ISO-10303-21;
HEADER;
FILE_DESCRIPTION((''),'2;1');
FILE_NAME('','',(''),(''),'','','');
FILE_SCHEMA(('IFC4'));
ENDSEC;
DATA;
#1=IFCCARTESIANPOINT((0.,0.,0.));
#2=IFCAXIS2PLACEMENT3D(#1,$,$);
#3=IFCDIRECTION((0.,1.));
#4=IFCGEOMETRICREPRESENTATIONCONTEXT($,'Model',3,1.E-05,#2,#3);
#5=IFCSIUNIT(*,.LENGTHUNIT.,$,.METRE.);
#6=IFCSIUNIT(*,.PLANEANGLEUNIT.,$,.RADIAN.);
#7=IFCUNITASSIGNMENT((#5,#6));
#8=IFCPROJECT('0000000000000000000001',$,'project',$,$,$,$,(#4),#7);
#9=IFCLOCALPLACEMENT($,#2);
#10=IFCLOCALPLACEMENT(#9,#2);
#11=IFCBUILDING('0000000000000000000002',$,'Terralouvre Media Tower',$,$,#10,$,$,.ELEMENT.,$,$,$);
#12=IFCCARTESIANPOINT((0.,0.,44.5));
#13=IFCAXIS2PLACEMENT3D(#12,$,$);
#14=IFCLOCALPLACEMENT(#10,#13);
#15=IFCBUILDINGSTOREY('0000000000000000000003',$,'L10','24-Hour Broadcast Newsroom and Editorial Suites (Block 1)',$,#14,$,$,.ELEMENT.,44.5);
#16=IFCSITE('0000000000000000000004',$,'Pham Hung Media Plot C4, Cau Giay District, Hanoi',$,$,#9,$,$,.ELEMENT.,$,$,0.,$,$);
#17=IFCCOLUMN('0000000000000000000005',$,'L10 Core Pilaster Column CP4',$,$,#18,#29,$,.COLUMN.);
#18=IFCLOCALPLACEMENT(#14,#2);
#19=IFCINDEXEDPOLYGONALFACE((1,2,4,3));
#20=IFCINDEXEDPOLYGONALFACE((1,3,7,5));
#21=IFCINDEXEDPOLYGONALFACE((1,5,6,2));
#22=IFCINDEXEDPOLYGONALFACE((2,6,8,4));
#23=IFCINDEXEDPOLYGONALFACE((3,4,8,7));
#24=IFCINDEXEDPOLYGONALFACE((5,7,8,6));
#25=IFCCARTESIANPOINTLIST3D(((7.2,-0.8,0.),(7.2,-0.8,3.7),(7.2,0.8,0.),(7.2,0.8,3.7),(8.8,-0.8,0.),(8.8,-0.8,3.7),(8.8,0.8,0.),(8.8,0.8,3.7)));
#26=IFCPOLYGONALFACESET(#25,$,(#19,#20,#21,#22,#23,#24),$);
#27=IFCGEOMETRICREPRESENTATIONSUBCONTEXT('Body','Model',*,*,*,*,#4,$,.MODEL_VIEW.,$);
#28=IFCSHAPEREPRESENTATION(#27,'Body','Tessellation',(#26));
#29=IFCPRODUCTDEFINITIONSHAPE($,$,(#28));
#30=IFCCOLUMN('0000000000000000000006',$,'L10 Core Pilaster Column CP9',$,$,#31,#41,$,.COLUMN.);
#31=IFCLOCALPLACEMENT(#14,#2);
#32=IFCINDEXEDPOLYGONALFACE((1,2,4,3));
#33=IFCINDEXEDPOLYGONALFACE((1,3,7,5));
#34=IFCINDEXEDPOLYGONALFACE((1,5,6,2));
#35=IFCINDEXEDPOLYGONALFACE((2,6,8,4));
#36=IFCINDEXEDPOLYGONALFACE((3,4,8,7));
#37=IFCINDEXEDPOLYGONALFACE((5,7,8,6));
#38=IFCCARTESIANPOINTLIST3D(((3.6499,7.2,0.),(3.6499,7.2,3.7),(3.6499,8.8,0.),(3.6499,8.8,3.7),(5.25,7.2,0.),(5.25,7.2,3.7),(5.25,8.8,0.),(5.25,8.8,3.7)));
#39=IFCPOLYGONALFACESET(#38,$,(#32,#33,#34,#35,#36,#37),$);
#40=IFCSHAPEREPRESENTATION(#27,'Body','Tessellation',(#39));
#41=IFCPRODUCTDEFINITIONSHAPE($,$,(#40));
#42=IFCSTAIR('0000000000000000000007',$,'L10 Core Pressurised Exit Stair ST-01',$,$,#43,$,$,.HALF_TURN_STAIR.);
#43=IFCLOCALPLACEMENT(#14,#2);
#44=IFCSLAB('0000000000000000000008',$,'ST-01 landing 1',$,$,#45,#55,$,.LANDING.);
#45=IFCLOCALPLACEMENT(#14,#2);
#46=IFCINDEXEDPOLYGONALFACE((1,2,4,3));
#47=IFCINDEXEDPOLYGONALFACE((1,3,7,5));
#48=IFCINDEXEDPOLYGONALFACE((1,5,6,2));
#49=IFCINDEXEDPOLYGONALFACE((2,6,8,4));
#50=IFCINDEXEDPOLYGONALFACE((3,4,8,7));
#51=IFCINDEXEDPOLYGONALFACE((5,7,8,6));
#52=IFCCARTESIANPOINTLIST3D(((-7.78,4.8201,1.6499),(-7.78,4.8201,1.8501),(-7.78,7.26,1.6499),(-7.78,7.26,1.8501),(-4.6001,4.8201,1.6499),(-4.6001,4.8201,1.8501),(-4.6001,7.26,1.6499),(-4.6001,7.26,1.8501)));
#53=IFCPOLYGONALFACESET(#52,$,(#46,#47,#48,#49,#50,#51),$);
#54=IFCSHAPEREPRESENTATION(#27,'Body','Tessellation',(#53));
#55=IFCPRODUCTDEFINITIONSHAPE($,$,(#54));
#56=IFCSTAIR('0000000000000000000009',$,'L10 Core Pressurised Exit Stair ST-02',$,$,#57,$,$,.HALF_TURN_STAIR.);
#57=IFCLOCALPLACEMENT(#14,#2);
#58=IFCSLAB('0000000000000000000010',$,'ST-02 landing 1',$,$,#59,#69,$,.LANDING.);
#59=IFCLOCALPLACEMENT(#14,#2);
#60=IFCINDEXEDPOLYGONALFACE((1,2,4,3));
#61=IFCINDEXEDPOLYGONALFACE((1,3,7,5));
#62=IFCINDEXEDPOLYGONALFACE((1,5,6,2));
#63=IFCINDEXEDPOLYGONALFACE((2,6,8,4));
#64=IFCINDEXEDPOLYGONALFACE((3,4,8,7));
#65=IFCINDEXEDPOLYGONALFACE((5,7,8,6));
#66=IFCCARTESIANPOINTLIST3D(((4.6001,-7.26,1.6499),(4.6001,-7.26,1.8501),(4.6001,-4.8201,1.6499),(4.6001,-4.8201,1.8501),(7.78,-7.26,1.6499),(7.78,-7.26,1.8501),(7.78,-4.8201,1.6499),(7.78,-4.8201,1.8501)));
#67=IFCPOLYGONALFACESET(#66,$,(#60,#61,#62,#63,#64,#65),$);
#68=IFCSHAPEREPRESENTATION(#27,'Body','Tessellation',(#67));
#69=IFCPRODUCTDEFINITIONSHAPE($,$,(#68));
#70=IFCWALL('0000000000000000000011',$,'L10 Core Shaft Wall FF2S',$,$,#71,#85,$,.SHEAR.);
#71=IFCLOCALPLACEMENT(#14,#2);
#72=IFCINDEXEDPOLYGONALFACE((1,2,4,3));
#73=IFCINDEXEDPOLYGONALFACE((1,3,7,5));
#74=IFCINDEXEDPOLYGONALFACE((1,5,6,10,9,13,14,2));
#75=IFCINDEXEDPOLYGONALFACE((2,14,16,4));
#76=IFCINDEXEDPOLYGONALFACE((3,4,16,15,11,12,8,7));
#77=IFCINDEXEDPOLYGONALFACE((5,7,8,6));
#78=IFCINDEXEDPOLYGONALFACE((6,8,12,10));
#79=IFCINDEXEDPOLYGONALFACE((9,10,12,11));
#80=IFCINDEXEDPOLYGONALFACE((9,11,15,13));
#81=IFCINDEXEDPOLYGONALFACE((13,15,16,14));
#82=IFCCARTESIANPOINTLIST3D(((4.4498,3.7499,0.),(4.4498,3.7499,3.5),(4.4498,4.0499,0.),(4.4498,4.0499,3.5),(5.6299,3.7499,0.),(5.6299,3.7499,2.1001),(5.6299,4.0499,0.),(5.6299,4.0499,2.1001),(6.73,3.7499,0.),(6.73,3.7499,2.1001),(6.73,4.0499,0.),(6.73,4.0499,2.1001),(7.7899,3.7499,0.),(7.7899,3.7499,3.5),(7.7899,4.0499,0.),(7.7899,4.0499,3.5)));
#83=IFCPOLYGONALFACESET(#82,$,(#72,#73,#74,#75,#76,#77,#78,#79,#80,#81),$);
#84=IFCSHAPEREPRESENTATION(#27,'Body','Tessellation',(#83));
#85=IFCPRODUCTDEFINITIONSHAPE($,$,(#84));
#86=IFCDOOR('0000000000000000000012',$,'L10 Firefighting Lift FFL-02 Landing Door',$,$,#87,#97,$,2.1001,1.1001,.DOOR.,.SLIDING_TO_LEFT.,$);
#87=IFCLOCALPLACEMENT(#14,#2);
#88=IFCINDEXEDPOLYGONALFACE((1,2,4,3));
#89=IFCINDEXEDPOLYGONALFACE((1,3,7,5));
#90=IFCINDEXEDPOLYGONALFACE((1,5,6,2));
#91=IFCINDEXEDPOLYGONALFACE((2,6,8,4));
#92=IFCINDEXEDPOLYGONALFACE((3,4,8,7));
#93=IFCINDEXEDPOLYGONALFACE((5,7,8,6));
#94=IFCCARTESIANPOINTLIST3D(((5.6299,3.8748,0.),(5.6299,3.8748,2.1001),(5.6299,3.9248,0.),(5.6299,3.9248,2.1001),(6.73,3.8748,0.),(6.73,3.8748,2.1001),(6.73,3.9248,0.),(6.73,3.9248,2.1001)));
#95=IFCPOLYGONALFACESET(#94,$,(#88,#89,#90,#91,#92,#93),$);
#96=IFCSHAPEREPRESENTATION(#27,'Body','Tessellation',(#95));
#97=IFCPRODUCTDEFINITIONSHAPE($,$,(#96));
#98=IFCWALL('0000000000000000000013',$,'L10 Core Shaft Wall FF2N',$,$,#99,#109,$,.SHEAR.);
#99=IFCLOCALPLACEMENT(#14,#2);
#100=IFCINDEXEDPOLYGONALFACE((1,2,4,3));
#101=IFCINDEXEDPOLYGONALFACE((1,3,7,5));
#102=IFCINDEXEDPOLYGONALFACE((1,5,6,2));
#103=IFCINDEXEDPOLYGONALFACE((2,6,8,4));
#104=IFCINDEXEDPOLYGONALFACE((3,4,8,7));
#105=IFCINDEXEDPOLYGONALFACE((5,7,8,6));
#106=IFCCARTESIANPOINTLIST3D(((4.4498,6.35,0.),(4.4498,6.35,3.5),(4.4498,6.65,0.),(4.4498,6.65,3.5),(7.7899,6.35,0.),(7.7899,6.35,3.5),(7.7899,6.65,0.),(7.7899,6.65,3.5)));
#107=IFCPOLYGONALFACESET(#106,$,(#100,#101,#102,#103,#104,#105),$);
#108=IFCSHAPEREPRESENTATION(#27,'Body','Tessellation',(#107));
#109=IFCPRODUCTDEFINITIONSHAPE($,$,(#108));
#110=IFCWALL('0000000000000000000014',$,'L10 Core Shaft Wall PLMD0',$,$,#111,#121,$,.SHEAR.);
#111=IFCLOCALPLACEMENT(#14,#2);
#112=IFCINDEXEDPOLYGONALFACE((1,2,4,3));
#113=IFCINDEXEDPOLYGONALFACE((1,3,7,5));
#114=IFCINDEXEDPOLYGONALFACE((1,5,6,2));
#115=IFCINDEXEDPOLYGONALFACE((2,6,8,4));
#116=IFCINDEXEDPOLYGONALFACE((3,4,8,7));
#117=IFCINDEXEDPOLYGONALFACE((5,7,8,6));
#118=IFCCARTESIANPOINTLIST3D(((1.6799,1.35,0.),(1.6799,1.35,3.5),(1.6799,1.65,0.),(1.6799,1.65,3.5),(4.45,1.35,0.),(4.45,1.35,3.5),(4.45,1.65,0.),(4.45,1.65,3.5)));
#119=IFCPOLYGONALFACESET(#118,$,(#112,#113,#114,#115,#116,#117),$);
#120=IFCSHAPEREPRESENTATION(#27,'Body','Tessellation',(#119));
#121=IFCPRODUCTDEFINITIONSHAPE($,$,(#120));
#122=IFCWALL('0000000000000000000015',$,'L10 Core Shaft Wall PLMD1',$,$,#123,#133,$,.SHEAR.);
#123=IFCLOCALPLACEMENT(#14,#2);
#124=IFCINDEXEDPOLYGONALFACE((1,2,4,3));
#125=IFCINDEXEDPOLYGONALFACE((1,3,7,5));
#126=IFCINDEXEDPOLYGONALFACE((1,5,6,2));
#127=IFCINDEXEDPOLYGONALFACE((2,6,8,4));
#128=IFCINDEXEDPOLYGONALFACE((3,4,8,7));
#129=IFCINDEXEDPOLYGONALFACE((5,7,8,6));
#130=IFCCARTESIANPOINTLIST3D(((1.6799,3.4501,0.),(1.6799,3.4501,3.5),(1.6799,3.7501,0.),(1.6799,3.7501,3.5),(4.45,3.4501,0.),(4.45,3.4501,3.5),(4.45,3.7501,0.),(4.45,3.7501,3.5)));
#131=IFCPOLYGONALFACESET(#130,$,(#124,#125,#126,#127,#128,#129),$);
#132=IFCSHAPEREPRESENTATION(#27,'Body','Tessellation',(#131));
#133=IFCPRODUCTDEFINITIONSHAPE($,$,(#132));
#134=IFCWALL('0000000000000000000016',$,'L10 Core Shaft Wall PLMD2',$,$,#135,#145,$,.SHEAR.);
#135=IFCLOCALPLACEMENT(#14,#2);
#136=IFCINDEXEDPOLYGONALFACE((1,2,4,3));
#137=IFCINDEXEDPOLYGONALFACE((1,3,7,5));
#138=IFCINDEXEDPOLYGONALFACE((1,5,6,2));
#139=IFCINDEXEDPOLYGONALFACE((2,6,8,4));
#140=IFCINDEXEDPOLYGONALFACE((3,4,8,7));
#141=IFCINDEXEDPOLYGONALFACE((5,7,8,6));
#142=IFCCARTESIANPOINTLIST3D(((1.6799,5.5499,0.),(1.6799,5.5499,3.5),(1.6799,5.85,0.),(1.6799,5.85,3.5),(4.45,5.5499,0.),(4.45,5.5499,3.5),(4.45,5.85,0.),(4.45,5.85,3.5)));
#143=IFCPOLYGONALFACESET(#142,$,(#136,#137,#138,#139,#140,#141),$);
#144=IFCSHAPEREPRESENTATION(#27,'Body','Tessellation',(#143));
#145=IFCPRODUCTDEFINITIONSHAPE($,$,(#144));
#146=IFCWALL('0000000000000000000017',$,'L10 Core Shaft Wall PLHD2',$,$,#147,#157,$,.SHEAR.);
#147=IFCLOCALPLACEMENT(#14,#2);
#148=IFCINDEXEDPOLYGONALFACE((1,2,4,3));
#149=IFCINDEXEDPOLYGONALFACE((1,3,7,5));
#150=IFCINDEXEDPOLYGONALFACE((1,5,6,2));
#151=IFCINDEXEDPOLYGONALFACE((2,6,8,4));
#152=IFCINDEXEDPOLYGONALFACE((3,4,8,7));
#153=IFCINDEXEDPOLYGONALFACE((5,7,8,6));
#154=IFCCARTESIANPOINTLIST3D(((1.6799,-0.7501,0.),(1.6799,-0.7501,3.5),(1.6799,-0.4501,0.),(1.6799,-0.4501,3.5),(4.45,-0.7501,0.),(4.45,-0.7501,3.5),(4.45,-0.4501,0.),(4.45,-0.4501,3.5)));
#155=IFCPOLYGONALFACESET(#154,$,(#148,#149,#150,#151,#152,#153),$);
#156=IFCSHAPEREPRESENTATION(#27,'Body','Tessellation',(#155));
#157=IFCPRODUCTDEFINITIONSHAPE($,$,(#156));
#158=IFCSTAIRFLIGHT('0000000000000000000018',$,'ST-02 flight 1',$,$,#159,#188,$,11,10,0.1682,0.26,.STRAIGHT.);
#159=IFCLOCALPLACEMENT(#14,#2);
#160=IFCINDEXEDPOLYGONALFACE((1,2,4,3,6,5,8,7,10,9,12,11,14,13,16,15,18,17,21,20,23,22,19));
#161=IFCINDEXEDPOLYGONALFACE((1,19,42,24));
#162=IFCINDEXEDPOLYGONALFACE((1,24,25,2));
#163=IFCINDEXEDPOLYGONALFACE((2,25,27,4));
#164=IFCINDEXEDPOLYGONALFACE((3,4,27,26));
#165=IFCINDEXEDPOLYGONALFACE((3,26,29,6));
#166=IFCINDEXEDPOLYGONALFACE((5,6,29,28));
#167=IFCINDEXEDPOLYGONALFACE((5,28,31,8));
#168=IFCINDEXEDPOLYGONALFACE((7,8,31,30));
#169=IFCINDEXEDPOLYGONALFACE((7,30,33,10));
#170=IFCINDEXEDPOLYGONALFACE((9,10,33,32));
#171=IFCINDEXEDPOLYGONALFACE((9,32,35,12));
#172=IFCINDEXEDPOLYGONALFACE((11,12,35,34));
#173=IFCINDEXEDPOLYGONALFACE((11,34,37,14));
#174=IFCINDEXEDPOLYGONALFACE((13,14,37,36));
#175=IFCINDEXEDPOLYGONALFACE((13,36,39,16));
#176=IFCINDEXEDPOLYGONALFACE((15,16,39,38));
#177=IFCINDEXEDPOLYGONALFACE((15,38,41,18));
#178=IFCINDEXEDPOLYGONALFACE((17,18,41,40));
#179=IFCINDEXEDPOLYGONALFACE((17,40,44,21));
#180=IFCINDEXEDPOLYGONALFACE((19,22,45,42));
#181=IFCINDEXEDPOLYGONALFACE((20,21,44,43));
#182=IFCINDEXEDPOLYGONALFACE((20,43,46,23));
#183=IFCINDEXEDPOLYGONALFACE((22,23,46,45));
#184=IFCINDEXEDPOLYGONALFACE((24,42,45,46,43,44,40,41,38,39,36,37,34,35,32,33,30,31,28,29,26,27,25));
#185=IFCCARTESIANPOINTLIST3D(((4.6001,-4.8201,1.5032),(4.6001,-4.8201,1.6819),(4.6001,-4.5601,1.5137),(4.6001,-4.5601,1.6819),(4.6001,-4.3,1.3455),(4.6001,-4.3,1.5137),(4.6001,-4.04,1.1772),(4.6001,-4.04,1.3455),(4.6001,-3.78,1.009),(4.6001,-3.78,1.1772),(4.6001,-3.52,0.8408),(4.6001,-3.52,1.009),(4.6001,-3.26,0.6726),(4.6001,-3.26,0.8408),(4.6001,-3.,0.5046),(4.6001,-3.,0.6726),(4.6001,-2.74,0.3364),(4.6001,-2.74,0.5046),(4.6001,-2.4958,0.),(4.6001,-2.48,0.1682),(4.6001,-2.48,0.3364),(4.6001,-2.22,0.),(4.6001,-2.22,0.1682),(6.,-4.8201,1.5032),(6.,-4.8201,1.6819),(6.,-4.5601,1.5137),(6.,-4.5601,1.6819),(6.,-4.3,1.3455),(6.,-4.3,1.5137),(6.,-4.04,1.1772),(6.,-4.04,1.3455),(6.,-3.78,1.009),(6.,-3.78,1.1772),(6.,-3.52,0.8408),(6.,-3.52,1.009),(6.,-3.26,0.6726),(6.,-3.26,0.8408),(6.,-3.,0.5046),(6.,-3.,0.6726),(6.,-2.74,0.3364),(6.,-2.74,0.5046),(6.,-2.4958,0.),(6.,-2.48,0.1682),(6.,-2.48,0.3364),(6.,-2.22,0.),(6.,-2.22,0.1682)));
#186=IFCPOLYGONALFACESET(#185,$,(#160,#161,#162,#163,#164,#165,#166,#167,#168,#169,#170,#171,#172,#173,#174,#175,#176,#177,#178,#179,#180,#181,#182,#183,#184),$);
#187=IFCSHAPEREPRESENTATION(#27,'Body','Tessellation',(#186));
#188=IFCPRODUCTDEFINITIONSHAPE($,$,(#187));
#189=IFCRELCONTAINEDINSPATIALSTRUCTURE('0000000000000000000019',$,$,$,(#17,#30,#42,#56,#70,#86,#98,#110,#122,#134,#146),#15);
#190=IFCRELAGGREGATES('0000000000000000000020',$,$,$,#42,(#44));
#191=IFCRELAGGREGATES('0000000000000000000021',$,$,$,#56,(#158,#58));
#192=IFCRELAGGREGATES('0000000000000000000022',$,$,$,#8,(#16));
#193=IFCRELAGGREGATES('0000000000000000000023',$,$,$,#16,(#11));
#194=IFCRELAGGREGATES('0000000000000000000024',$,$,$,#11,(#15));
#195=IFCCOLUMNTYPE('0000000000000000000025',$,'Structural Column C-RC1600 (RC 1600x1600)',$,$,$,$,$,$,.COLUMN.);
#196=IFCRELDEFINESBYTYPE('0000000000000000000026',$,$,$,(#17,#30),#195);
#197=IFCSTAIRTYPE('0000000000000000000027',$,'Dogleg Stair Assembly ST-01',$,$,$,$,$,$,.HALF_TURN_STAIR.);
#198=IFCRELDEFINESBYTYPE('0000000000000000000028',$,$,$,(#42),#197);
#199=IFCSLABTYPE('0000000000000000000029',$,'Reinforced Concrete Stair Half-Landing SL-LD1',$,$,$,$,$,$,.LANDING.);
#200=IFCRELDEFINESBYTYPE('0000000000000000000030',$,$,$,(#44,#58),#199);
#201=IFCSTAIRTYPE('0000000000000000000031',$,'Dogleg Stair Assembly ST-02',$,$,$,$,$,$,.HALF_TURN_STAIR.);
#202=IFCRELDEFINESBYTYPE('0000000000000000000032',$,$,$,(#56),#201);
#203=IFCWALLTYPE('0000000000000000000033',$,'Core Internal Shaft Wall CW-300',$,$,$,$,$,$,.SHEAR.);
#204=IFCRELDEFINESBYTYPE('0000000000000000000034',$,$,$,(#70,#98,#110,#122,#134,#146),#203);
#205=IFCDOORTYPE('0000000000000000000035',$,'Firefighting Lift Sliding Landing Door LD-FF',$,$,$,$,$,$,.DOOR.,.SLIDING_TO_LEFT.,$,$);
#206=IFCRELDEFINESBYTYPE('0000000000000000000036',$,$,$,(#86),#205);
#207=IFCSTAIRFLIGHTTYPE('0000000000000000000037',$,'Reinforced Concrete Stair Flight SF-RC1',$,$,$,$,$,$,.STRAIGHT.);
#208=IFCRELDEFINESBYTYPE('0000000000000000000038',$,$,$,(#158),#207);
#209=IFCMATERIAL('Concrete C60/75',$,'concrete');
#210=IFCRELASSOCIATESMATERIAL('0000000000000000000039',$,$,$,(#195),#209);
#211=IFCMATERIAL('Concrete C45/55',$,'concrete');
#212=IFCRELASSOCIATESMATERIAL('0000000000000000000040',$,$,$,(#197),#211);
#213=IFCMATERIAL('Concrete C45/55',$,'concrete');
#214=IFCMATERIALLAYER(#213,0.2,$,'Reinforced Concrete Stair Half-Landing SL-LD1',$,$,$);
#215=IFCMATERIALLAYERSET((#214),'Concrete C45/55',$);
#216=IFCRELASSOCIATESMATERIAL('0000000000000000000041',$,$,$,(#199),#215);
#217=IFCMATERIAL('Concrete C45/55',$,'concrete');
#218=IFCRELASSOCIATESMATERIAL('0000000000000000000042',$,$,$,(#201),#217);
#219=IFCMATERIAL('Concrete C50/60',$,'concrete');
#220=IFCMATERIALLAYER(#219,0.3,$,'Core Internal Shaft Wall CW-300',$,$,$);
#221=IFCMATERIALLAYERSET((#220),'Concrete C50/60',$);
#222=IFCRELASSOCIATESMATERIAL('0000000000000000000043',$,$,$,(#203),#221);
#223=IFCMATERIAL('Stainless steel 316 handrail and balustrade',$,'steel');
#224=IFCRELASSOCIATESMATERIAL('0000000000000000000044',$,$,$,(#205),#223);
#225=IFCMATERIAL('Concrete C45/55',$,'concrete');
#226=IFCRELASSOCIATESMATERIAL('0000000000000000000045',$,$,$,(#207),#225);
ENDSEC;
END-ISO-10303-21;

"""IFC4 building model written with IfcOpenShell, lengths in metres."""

from ifc_helpers import new_model, si_unit, direction, frame, frame_2d, origin, origin_2d, place, context, subcontext, project, spatial, polyline, rectangle, outline, extrude, material, layer, layer_set, material_profile, profile_set, type_object, element, fill, aggregate, save


model = new_model("IFC4")

# Units and contexts
model_context = context("Model", 3, precision=1e-05, world=origin(), true_north=direction((0.0, 1.0)))
body_context = subcontext(model_context, "Body", "Model", "MODEL_VIEW")
ifc_project = project(units=[si_unit("LENGTHUNIT", "METRE"), si_unit("PLANEANGLEUNIT", "RADIAN")], contexts=[model_context])

# Site, building, storey
site_placement = place(None, origin())
site = spatial("IfcSite", under=ifc_project, at=site_placement, Name="Pham Hung Media Plot C4, Cau Giay District, Hanoi", CompositionType="ELEMENT", RefElevation=0.0)
building_placement = place(site_placement, origin())
building = spatial("IfcBuilding", under=site, at=building_placement, Name="Terralouvre Media Tower", CompositionType="ELEMENT")
storey_placement = place(building_placement, frame((0.0, 0.0, 44.5)))
storey = spatial("IfcBuildingStorey", under=building, at=storey_placement, Name="L10", Description="24-Hour Broadcast Newsroom and Editorial Suites (Block 1)", CompositionType="ELEMENT", Elevation=44.5)

# Columns
ifc_material_1 = material(Name="Concrete C60/75", Category="concrete")
ifc_material_profile = material_profile(ifc_material_1, rectangle(XDim=1.6001, YDim=1.6001, at=origin_2d()), Name="RC 1600x1600")
ifc_profile_set = profile_set([ifc_material_profile], Name="Concrete C60/75")
column_type = type_object("IfcColumnType", Name="Structural Column C-RC1600 (RC 1600x1600)", PredefinedType="COLUMN", material=ifc_profile_set)
for number, where, z_axis, x_axis, name in (
    (1, (8.0, 0.0, 0.0), (0.0, 0.0, 1.0), (1.0, 0.0, 0.0), "L10 Core Pilaster Column CP4"),
    (2, (4.45, 8.0, 0.0), (0.0, 0.0, 1.0), (1.0, 0.0, 0.0), "L10 Core Pilaster Column CP9"),
):
    element("IfcColumn", number, at=place(storey_placement, frame(where, z_axis=z_axis, x_axis=x_axis)), inside=storey, type_object=column_type, Name=name, PredefinedType="COLUMN", context=body_context, shape_type="SweptSolid", body=[
        extrude(rectangle(XDim=1.6001, YDim=1.6001, at=origin_2d()), origin(), (0.0, 0.0, 1.0), 3.7),
    ])

# Stairs, slabs
ifc_material_2 = material(Name="Concrete C45/55", Category="concrete")
stair_type_1 = type_object("IfcStairType", Name="Dogleg Stair Assembly ST-01", PredefinedType="HALF_TURN_STAIR", material=ifc_material_2)
stair_1_placement = place(storey_placement, origin())
stair_1 = element("IfcStair", 3, at=stair_1_placement, inside=storey, type_object=stair_type_1, Name="L10 Core Pressurised Exit Stair ST-01", PredefinedType="HALF_TURN_STAIR")
ifc_material_3 = material(Name="Concrete C45/55", Category="concrete")
ifc_layer_1 = layer(ifc_material_3, 0.2, Name="Reinforced Concrete Stair Half-Landing SL-LD1")
ifc_layer_set_1 = layer_set([ifc_layer_1], Name="Concrete C45/55")
slab_type = type_object("IfcSlabType", Name="Reinforced Concrete Stair Half-Landing SL-LD1", PredefinedType="LANDING", material=ifc_layer_set_1)
slab_1_placement = place(storey_placement, frame((0.0, 0.0, 1.6499)))
slab_1 = element("IfcSlab", 4, at=slab_1_placement, type_object=slab_type, Name="ST-01 landing 1", PredefinedType="LANDING", context=body_context, shape_type="SweptSolid", body=[
    extrude(outline(polyline([(-4.6001, 4.8201), (-4.6001, 7.26), (-7.78, 7.26), (-7.78, 4.8201), (-4.6001, 4.8201)])), origin(), (0.0, 0.0, 1.0), 0.2002),
])
aggregate(stair_1, [slab_1])
ifc_material_4 = material(Name="Concrete C45/55", Category="concrete")
stair_type_2 = type_object("IfcStairType", Name="Dogleg Stair Assembly ST-02", PredefinedType="HALF_TURN_STAIR", material=ifc_material_4)
stair_2_placement = place(storey_placement, origin())
stair_2 = element("IfcStair", 5, at=stair_2_placement, inside=storey, type_object=stair_type_2, Name="L10 Core Pressurised Exit Stair ST-02", PredefinedType="HALF_TURN_STAIR")
slab_2_placement = place(storey_placement, frame((0.0, 0.0, 1.6499)))
slab_2 = element("IfcSlab", 6, at=slab_2_placement, type_object=slab_type, Name="ST-02 landing 1", PredefinedType="LANDING", context=body_context, shape_type="SweptSolid", body=[
    extrude(outline(polyline([(4.6001, -4.8201), (4.6001, -7.26), (7.78, -7.26), (7.78, -4.8201), (4.6001, -4.8201)])), origin(), (0.0, 0.0, 1.0), 0.2002),
])

# Wall, opening, door
ifc_material_5 = material(Name="Concrete C50/60", Category="concrete")
ifc_layer_2 = layer(ifc_material_5, 0.3, Name="Core Internal Shaft Wall CW-300")
ifc_layer_set_2 = layer_set([ifc_layer_2], Name="Concrete C50/60")
wall_type = type_object("IfcWallType", Name="Core Internal Shaft Wall CW-300", PredefinedType="SHEAR", material=ifc_layer_set_2)
wall_1_placement = place(storey_placement, frame((4.45, 3.8999, 0.0), z_axis=(0.0, 0.0, 1.0), x_axis=(1.0, 0.0, 0.0)))
wall_1 = element("IfcWall", 7, at=wall_1_placement, inside=storey, type_object=wall_type, Name="L10 Core Shaft Wall FF2S", PredefinedType="SHEAR", context=body_context, shape_type="SweptSolid", body=[
    extrude(rectangle(XDim=3.3401, YDim=0.3, at=frame_2d((1.6699, 0.0))), origin(), (0.0, 0.0, 1.0), 3.5),
])
opening_1_placement = place(wall_1_placement, frame((1.1799, 0.0, 0.0)))
opening_1 = element("IfcOpeningElement", 8, at=opening_1_placement, cuts=wall_1, PredefinedType="OPENING", context=body_context, shape_type="SweptSolid", body=[
    extrude(rectangle(XDim=1.1001, YDim=2.1001, at=frame_2d((0.55, 1.05))), frame((0.0, 0.1599, 0.0), z_axis=(0.0, -1.0, 0.0), x_axis=(1.0, 0.0, 0.0)), (0.0, 0.0, 1.0), 0.3201),
])
ifc_material_6 = material(Name="Stainless steel 316 handrail and balustrade", Category="steel")
door_type_1 = type_object("IfcDoorType", Name="Firefighting Lift Sliding Landing Door LD-FF", OperationType="SLIDING_TO_LEFT", PredefinedType="DOOR", material=ifc_material_6)
door_1_placement = place(opening_1_placement, origin())
door_1 = element("IfcDoor", 9, at=door_1_placement, inside=storey, type_object=door_type_1, Name="L10 Firefighting Lift FFL-02 Landing Door", OperationType="SLIDING_TO_LEFT", OverallHeight=2.1001, OverallWidth=1.1001, PredefinedType="DOOR", context=body_context, shape_type="SweptSolid", body=[
    extrude(rectangle(XDim=1.1001, YDim=2.1001, at=frame_2d((0.55, 1.05))), frame((0.0, 0.0249, 0.0), z_axis=(0.0, -1.0, 0.0), x_axis=(1.0, 0.0, 0.0)), (0.0, 0.0, 1.0), 0.05),
])
fill(opening_1, door_1)

# Walls
wall_2_placement = place(storey_placement, frame((4.45, 6.5, 0.0), z_axis=(0.0, 0.0, 1.0), x_axis=(1.0, 0.0, 0.0)))
element("IfcWall", 10, at=wall_2_placement, inside=storey, type_object=wall_type, Name="L10 Core Shaft Wall FF2N", PredefinedType="SHEAR", context=body_context, shape_type="SweptSolid", body=[
    extrude(rectangle(XDim=3.3401, YDim=0.3, at=frame_2d((1.6699, 0.0))), origin(), (0.0, 0.0, 1.0), 3.5),
])
for number, where, z_axis, x_axis, name in (
    (11, (1.6799, 1.5, 0.0), (0.0, 0.0, 1.0), (1.0, 0.0, 0.0), "L10 Core Shaft Wall PLMD0"),
    (12, (1.6799, 3.6001, 0.0), (0.0, 0.0, 1.0), (1.0, 0.0, 0.0), "L10 Core Shaft Wall PLMD1"),
    (13, (1.6799, 5.7, 0.0), (0.0, 0.0, 1.0), (1.0, 0.0, 0.0), "L10 Core Shaft Wall PLMD2"),
    (14, (1.6799, -0.6001, 0.0), (0.0, 0.0, 1.0), (1.0, 0.0, 0.0), "L10 Core Shaft Wall PLHD2"),
):
    element("IfcWall", number, at=place(storey_placement, frame(where, z_axis=z_axis, x_axis=x_axis)), inside=storey, type_object=wall_type, Name=name, PredefinedType="SHEAR", context=body_context, shape_type="SweptSolid", body=[
        extrude(rectangle(XDim=2.77, YDim=0.3, at=frame_2d((1.385, 0.0))), origin(), (0.0, 0.0, 1.0), 3.5),
    ])

# Stair flight
ifc_material_7 = material(Name="Concrete C45/55", Category="concrete")
stair_flight_type = type_object("IfcStairFlightType", Name="Reinforced Concrete Stair Flight SF-RC1", PredefinedType="STRAIGHT", material=ifc_material_7)
stair_flight_placement = place(storey_placement, frame((5.3, -2.22, 0.0), z_axis=(0.0, 0.0, 1.0), x_axis=(0.0, -1.0, 0.0)))
stair_flight = element("IfcStairFlight", 15, at=stair_flight_placement, type_object=stair_flight_type, Name="ST-02 flight 1", NumberOfRisers=11, NumberOfTreads=10, PredefinedType="STRAIGHT", RiserHeight=0.1682, TreadLength=0.26, context=body_context, shape_type="SweptSolid", body=[
    extrude(outline(polyline([(0.0, 0.0), (0.0, 0.1682), (0.26, 0.1682), (0.26, 0.3364), (0.52, 0.3364), (0.52, 0.5046), (0.78, 0.5046), (0.78, 0.6726), (1.04, 0.6726), (1.04, 0.8408), (1.3, 0.8408), (1.3, 1.009), (1.5601, 1.009), (1.5601, 1.1772), (1.8201, 1.1772), (1.8201, 1.3455), (2.0801, 1.3455), (2.0801, 1.5137), (2.3401, 1.5137), (2.3401, 1.6819), (2.6001, 1.6819), (2.6001, 1.8501), (2.6001, 1.5032), (0.2759, 0.0), (0.0, 0.0)])), frame((0.0, 0.7, 0.0), z_axis=(0.0, -1.0, 0.0), x_axis=(1.0, 0.0, 0.0)), (0.0, 0.0, 1.0), 1.3999),
])
aggregate(stair_2, [stair_flight, slab_2])

save(model, "model.ifc")
